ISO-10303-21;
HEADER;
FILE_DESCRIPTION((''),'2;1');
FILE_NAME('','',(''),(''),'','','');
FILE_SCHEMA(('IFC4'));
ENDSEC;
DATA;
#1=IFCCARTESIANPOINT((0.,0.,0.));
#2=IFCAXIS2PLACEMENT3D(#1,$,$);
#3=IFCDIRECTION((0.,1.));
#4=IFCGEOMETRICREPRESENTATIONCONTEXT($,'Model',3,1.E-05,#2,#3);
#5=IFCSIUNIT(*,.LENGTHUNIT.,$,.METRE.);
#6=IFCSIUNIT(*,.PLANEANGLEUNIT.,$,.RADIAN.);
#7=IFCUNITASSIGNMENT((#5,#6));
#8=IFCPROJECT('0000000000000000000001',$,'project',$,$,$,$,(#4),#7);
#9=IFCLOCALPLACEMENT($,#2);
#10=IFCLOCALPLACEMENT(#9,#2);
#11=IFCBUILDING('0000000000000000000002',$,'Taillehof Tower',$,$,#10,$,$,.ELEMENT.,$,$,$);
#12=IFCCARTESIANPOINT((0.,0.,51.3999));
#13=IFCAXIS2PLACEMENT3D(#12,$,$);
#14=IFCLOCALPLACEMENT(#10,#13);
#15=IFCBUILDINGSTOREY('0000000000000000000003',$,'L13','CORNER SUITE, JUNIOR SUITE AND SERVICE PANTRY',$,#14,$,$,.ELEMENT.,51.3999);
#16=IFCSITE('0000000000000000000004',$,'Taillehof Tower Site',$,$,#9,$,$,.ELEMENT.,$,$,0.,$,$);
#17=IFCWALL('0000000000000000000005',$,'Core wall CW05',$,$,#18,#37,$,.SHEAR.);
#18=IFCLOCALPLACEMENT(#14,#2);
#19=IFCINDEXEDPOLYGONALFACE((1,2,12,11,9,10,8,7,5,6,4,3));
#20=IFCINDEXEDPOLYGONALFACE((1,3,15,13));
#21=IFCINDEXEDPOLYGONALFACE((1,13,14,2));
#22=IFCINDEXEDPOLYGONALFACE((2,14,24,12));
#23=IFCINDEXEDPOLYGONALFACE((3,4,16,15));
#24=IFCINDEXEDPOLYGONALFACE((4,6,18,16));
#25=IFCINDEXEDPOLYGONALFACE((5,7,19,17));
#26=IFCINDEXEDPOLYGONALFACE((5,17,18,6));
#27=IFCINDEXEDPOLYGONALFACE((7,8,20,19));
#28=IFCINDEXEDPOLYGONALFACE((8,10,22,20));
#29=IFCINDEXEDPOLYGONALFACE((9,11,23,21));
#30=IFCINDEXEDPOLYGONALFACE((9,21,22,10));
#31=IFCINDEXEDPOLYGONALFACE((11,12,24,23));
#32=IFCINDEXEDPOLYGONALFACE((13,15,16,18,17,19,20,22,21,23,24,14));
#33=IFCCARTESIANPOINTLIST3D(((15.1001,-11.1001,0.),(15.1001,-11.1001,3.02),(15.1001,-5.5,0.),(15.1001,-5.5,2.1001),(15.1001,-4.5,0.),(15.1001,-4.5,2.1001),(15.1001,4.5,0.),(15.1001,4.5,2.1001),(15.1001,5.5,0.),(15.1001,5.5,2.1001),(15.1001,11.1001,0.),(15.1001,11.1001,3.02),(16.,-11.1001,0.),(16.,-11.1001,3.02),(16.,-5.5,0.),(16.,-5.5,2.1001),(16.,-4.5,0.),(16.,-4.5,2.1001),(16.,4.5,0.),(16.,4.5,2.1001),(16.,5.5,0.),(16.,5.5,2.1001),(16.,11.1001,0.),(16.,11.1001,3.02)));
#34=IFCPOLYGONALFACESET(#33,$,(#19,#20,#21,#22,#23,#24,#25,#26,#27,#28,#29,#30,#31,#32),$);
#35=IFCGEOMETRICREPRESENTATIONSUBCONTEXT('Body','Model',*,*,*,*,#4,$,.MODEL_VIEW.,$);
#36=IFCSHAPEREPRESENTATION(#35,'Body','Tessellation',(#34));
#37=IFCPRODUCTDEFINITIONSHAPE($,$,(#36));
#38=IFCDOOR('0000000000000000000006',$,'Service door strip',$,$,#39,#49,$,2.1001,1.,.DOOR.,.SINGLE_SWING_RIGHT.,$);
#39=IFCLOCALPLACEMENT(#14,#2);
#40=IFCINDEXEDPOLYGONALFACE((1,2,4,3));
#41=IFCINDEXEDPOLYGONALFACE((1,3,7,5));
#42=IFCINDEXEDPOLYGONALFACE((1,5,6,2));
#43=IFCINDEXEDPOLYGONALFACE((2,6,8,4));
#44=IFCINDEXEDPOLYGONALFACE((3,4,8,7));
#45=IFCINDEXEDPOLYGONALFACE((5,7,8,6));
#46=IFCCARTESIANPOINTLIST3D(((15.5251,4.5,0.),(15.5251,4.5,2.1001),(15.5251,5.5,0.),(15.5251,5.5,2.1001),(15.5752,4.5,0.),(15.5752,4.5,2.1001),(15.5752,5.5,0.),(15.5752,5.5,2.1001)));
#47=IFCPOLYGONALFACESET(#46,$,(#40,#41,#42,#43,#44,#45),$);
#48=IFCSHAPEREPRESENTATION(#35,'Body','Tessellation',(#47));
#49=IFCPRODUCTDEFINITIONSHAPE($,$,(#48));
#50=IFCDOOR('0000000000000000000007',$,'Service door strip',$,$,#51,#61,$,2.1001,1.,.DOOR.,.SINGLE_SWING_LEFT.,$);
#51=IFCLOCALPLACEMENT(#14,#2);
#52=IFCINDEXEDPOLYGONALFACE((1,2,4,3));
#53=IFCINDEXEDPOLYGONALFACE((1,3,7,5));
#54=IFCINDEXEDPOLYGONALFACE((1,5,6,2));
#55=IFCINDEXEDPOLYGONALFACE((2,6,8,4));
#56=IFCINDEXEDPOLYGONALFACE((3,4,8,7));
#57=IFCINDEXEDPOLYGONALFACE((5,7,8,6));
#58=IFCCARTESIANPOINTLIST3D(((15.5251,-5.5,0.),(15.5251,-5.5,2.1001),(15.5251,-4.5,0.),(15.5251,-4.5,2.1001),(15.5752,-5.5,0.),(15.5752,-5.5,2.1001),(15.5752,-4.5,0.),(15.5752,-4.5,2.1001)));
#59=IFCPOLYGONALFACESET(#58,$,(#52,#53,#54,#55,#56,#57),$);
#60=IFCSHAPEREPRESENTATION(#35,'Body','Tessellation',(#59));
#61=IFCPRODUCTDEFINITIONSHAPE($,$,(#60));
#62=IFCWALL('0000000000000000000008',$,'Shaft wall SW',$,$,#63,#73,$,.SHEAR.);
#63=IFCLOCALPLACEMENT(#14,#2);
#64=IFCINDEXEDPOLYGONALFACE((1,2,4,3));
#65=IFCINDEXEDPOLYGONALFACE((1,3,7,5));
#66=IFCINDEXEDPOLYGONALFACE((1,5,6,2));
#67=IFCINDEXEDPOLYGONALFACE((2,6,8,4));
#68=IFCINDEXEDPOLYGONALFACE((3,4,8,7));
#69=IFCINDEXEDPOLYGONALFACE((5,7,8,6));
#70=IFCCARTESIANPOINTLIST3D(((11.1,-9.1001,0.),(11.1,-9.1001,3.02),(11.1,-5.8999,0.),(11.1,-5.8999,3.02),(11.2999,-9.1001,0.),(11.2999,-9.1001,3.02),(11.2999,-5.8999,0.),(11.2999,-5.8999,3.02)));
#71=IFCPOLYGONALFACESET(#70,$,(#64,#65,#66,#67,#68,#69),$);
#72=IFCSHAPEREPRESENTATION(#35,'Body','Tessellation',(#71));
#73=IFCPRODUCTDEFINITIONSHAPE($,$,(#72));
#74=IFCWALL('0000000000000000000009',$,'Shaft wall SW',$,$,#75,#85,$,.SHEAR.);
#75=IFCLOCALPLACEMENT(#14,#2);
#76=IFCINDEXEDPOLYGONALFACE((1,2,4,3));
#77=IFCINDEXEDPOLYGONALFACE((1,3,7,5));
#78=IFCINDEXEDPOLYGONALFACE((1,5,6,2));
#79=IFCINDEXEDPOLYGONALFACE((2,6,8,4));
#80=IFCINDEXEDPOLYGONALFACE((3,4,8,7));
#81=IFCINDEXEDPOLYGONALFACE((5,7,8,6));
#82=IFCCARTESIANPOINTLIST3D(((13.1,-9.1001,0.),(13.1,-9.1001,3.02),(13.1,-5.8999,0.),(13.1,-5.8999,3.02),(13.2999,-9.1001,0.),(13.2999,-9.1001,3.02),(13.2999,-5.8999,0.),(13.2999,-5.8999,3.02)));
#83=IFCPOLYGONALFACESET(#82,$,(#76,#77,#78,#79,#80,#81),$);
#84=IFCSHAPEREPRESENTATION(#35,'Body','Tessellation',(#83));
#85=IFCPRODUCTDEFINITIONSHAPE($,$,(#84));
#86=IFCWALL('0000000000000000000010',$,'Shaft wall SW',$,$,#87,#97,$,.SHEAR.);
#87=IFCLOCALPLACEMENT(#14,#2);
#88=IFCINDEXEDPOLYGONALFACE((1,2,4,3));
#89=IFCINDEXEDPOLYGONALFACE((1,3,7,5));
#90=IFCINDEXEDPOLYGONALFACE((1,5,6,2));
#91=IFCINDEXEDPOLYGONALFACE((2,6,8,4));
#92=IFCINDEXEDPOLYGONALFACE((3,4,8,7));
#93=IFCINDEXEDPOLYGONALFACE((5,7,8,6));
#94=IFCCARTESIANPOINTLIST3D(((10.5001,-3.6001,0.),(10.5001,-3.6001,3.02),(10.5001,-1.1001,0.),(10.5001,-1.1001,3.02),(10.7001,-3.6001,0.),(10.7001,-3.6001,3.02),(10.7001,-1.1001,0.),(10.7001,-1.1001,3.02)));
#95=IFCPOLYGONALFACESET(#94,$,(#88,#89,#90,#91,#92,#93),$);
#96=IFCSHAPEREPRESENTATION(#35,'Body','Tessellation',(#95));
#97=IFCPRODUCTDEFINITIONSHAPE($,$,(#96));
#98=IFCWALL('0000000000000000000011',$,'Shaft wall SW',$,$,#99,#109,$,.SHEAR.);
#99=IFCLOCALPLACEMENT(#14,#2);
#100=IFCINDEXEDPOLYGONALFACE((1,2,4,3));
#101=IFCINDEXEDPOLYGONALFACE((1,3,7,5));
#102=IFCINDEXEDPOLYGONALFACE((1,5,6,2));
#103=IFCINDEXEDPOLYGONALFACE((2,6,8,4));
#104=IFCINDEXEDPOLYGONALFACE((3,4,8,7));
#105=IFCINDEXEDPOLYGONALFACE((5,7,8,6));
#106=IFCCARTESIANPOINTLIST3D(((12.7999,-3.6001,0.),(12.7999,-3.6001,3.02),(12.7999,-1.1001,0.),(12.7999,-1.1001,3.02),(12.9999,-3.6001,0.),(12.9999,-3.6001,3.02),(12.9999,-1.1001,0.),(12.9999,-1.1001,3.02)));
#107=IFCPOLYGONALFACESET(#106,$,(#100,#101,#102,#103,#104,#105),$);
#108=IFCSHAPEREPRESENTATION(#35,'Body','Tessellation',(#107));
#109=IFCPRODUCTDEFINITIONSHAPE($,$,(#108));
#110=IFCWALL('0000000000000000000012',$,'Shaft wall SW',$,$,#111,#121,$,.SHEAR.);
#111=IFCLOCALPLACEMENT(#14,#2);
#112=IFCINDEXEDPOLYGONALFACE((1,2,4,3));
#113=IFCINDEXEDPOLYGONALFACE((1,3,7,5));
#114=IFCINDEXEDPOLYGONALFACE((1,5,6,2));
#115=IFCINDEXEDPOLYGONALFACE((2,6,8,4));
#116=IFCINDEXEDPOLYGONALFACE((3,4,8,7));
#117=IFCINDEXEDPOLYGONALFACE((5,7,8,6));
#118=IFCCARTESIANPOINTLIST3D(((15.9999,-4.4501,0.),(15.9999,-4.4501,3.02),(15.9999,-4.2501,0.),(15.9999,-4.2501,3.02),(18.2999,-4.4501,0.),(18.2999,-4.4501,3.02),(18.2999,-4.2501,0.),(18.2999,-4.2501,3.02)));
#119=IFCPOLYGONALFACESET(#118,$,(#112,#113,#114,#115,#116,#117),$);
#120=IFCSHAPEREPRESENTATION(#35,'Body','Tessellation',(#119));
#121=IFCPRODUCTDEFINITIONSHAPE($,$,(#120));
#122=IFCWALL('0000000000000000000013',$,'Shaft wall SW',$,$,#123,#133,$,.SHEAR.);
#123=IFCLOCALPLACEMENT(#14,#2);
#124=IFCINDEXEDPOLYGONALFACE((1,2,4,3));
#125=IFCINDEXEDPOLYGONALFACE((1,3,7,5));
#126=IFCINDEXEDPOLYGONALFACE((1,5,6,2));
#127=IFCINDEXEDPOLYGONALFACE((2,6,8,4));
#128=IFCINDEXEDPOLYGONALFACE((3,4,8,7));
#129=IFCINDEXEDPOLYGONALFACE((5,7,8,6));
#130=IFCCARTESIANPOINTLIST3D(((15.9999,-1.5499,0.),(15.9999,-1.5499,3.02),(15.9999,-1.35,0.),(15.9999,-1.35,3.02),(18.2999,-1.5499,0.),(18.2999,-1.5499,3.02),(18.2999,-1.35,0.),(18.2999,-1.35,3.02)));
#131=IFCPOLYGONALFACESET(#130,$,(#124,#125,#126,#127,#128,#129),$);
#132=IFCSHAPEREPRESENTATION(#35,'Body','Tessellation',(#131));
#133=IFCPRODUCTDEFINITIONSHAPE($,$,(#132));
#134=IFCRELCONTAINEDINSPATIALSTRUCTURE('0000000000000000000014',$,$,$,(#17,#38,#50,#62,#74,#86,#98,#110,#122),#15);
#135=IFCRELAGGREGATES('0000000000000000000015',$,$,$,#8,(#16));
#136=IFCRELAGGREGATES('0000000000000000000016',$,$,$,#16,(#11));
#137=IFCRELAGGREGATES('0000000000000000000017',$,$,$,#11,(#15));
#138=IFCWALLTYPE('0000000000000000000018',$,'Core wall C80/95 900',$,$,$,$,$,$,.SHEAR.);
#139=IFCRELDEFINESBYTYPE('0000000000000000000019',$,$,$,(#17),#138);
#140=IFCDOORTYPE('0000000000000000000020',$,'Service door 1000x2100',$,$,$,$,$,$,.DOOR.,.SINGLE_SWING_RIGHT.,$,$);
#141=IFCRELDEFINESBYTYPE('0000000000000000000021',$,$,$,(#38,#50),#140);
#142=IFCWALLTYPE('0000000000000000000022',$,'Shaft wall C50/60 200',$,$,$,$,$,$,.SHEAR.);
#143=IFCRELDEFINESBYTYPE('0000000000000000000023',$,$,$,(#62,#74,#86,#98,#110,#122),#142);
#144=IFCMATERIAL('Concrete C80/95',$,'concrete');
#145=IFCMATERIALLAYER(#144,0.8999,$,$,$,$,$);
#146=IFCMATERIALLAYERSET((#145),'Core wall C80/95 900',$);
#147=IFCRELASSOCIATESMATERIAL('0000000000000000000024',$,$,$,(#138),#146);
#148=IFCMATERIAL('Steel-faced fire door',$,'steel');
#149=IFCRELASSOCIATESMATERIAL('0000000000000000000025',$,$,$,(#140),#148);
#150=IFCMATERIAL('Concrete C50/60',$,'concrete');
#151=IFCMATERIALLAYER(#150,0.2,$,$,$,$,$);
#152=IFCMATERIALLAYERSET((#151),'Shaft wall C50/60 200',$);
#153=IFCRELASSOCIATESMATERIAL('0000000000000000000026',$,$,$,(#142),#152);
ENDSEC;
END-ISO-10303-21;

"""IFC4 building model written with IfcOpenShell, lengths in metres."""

from ifc_helpers import new_model, si_unit, direction, frame, frame_2d, origin, place, context, subcontext, project, spatial, rectangle, extrude, material, layer, layer_set, type_object, element, fill, save


model = new_model("IFC4")

# Units and contexts
model_context = context("Model", 3, precision=1e-05, world=origin(), true_north=direction((0.0, 1.0)))
body_context = subcontext(model_context, "Body", "Model", "MODEL_VIEW")
ifc_project = project(units=[si_unit("LENGTHUNIT", "METRE"), si_unit("PLANEANGLEUNIT", "RADIAN")], contexts=[model_context])

# Site, building, storey
site_placement = place(None, origin())
site = spatial("IfcSite", under=ifc_project, at=site_placement, Name="Taillehof Tower Site", CompositionType="ELEMENT", RefElevation=0.0)
building_placement = place(site_placement, origin())
building = spatial("IfcBuilding", under=site, at=building_placement, Name="Taillehof Tower", CompositionType="ELEMENT")
storey_placement = place(building_placement, frame((0.0, 0.0, 51.3999)))
storey = spatial("IfcBuildingStorey", under=building, at=storey_placement, Name="L13", Description="CORNER SUITE, JUNIOR SUITE AND SERVICE PANTRY", CompositionType="ELEMENT", Elevation=51.3999)

# Wall, openings, doors
ifc_material_1 = material(Name="Concrete C80/95", Category="concrete")
ifc_layer_1 = layer(ifc_material_1, 0.8999)
ifc_layer_set_1 = layer_set([ifc_layer_1], Name="Core wall C80/95 900")
wall_type_1 = type_object("IfcWallType", Name="Core wall C80/95 900", PredefinedType="SHEAR", material=ifc_layer_set_1)
wall_1_placement = place(storey_placement, frame((15.55, -11.1001, 0.0), z_axis=(0.0, 0.0, 1.0), x_axis=(0.0, 1.0, 0.0)))
wall_1 = element("IfcWall", 1, at=wall_1_placement, inside=storey, type_object=wall_type_1, Name="Core wall CW05", PredefinedType="SHEAR", context=body_context, shape_type="SweptSolid", body=[
    extrude(rectangle(XDim=22.2002, YDim=0.8999, at=frame_2d((11.1001, 0.0))), origin(), (0.0, 0.0, 1.0), 3.02),
])
opening_1_placement = place(wall_1_placement, frame((15.6001, 0.0, 0.0)))
opening_1 = element("IfcOpeningElement", 2, at=opening_1_placement, cuts=wall_1, PredefinedType="OPENING", context=body_context, shape_type="SweptSolid", body=[
    extrude(rectangle(XDim=1.0, YDim=2.1001, at=frame_2d((0.5, 1.05))), frame((0.0, 0.46, 0.0), z_axis=(0.0, -1.0, 0.0), x_axis=(1.0, 0.0, 0.0)), (0.0, 0.0, 1.0), 0.9199),
])
opening_2_placement = place(wall_1_placement, frame((5.6001, 0.0, 0.0)))
opening_2 = element("IfcOpeningElement", 3, at=opening_2_placement, cuts=wall_1, PredefinedType="OPENING", context=body_context, shape_type="SweptSolid", body=[
    extrude(rectangle(XDim=1.0, YDim=2.1001, at=frame_2d((0.5, 1.05))), frame((0.0, 0.46, 0.0), z_axis=(0.0, -1.0, 0.0), x_axis=(1.0, 0.0, 0.0)), (0.0, 0.0, 1.0), 0.9199),
])
ifc_material_2 = material(Name="Steel-faced fire door", Category="steel")
door_type_1 = type_object("IfcDoorType", Name="Service door 1000x2100", OperationType="SINGLE_SWING_RIGHT", PredefinedType="DOOR", material=ifc_material_2)
door_1_placement = place(opening_1_placement, origin())
door_1 = element("IfcDoor", 4, at=door_1_placement, inside=storey, type_object=door_type_1, Name="Service door strip", OperationType="SINGLE_SWING_RIGHT", OverallHeight=2.1001, OverallWidth=1.0, PredefinedType="DOOR", context=body_context, shape_type="SweptSolid", body=[
    extrude(rectangle(XDim=1.0, YDim=2.1001, at=frame_2d((0.5, 1.05))), frame((0.0, 0.0249, 0.0), z_axis=(0.0, -1.0, 0.0), x_axis=(1.0, 0.0, 0.0)), (0.0, 0.0, 1.0), 0.05),
])
fill(opening_1, door_1)
door_2_placement = place(opening_2_placement, origin())
door_2 = element("IfcDoor", 5, at=door_2_placement, inside=storey, type_object=door_type_1, Name="Service door strip", OperationType="SINGLE_SWING_LEFT", OverallHeight=2.1001, OverallWidth=1.0, PredefinedType="DOOR", context=body_context, shape_type="SweptSolid", body=[
    extrude(rectangle(XDim=1.0, YDim=2.1001, at=frame_2d((0.5, 1.05))), frame((0.0, 0.0249, 0.0), z_axis=(0.0, -1.0, 0.0), x_axis=(1.0, 0.0, 0.0)), (0.0, 0.0, 1.0), 0.05),
])
fill(opening_2, door_2)

# Walls
ifc_material_3 = material(Name="Concrete C50/60", Category="concrete")
ifc_layer_2 = layer(ifc_material_3, 0.2)
ifc_layer_set_2 = layer_set([ifc_layer_2], Name="Shaft wall C50/60 200")
wall_type_2 = type_object("IfcWallType", Name="Shaft wall C50/60 200", PredefinedType="SHEAR", material=ifc_layer_set_2)
for number, where, z_axis, x_axis, name in (
    (6, (11.2, -9.1001, 0.0), (0.0, 0.0, 1.0), (0.0, 1.0, 0.0), "Shaft wall SW"),
    (7, (13.2, -9.1001, 0.0), (0.0, 0.0, 1.0), (0.0, 1.0, 0.0), "Shaft wall SW"),
):
    element("IfcWall", number, at=place(storey_placement, frame(where, z_axis=z_axis, x_axis=x_axis)), inside=storey, type_object=wall_type_2, Name=name, PredefinedType="SHEAR", context=body_context, shape_type="SweptSolid", body=[
        extrude(rectangle(XDim=3.2002, YDim=0.2, at=frame_2d((1.6001, 0.0))), origin(), (0.0, 0.0, 1.0), 3.02),
    ])
for number, where, z_axis, x_axis, name in (
    (8, (10.6001, -3.6001, 0.0), (0.0, 0.0, 1.0), (0.0, 1.0, 0.0), "Shaft wall SW"),
    (9, (12.8999, -3.6001, 0.0), (0.0, 0.0, 1.0), (0.0, 1.0, 0.0), "Shaft wall SW"),
):
    element("IfcWall", number, at=place(storey_placement, frame(where, z_axis=z_axis, x_axis=x_axis)), inside=storey, type_object=wall_type_2, Name=name, PredefinedType="SHEAR", context=body_context, shape_type="SweptSolid", body=[
        extrude(rectangle(XDim=2.5, YDim=0.2, at=frame_2d((1.25, 0.0))), origin(), (0.0, 0.0, 1.0), 3.02),
    ])
for number, where, z_axis, x_axis, name in (
    (10, (16.0, -4.3501, 0.0), (0.0, 0.0, 1.0), (1.0, 0.0, 0.0), "Shaft wall SW"),
    (11, (16.0, -1.45, 0.0), (0.0, 0.0, 1.0), (1.0, 0.0, 0.0), "Shaft wall SW"),
):
    element("IfcWall", number, at=place(storey_placement, frame(where, z_axis=z_axis, x_axis=x_axis)), inside=storey, type_object=wall_type_2, Name=name, PredefinedType="SHEAR", context=body_context, shape_type="SweptSolid", body=[
        extrude(rectangle(XDim=2.3, YDim=0.2, at=frame_2d((1.1499, 0.0))), origin(), (0.0, 0.0, 1.0), 3.02),
    ])

save(model, "model.ifc")
